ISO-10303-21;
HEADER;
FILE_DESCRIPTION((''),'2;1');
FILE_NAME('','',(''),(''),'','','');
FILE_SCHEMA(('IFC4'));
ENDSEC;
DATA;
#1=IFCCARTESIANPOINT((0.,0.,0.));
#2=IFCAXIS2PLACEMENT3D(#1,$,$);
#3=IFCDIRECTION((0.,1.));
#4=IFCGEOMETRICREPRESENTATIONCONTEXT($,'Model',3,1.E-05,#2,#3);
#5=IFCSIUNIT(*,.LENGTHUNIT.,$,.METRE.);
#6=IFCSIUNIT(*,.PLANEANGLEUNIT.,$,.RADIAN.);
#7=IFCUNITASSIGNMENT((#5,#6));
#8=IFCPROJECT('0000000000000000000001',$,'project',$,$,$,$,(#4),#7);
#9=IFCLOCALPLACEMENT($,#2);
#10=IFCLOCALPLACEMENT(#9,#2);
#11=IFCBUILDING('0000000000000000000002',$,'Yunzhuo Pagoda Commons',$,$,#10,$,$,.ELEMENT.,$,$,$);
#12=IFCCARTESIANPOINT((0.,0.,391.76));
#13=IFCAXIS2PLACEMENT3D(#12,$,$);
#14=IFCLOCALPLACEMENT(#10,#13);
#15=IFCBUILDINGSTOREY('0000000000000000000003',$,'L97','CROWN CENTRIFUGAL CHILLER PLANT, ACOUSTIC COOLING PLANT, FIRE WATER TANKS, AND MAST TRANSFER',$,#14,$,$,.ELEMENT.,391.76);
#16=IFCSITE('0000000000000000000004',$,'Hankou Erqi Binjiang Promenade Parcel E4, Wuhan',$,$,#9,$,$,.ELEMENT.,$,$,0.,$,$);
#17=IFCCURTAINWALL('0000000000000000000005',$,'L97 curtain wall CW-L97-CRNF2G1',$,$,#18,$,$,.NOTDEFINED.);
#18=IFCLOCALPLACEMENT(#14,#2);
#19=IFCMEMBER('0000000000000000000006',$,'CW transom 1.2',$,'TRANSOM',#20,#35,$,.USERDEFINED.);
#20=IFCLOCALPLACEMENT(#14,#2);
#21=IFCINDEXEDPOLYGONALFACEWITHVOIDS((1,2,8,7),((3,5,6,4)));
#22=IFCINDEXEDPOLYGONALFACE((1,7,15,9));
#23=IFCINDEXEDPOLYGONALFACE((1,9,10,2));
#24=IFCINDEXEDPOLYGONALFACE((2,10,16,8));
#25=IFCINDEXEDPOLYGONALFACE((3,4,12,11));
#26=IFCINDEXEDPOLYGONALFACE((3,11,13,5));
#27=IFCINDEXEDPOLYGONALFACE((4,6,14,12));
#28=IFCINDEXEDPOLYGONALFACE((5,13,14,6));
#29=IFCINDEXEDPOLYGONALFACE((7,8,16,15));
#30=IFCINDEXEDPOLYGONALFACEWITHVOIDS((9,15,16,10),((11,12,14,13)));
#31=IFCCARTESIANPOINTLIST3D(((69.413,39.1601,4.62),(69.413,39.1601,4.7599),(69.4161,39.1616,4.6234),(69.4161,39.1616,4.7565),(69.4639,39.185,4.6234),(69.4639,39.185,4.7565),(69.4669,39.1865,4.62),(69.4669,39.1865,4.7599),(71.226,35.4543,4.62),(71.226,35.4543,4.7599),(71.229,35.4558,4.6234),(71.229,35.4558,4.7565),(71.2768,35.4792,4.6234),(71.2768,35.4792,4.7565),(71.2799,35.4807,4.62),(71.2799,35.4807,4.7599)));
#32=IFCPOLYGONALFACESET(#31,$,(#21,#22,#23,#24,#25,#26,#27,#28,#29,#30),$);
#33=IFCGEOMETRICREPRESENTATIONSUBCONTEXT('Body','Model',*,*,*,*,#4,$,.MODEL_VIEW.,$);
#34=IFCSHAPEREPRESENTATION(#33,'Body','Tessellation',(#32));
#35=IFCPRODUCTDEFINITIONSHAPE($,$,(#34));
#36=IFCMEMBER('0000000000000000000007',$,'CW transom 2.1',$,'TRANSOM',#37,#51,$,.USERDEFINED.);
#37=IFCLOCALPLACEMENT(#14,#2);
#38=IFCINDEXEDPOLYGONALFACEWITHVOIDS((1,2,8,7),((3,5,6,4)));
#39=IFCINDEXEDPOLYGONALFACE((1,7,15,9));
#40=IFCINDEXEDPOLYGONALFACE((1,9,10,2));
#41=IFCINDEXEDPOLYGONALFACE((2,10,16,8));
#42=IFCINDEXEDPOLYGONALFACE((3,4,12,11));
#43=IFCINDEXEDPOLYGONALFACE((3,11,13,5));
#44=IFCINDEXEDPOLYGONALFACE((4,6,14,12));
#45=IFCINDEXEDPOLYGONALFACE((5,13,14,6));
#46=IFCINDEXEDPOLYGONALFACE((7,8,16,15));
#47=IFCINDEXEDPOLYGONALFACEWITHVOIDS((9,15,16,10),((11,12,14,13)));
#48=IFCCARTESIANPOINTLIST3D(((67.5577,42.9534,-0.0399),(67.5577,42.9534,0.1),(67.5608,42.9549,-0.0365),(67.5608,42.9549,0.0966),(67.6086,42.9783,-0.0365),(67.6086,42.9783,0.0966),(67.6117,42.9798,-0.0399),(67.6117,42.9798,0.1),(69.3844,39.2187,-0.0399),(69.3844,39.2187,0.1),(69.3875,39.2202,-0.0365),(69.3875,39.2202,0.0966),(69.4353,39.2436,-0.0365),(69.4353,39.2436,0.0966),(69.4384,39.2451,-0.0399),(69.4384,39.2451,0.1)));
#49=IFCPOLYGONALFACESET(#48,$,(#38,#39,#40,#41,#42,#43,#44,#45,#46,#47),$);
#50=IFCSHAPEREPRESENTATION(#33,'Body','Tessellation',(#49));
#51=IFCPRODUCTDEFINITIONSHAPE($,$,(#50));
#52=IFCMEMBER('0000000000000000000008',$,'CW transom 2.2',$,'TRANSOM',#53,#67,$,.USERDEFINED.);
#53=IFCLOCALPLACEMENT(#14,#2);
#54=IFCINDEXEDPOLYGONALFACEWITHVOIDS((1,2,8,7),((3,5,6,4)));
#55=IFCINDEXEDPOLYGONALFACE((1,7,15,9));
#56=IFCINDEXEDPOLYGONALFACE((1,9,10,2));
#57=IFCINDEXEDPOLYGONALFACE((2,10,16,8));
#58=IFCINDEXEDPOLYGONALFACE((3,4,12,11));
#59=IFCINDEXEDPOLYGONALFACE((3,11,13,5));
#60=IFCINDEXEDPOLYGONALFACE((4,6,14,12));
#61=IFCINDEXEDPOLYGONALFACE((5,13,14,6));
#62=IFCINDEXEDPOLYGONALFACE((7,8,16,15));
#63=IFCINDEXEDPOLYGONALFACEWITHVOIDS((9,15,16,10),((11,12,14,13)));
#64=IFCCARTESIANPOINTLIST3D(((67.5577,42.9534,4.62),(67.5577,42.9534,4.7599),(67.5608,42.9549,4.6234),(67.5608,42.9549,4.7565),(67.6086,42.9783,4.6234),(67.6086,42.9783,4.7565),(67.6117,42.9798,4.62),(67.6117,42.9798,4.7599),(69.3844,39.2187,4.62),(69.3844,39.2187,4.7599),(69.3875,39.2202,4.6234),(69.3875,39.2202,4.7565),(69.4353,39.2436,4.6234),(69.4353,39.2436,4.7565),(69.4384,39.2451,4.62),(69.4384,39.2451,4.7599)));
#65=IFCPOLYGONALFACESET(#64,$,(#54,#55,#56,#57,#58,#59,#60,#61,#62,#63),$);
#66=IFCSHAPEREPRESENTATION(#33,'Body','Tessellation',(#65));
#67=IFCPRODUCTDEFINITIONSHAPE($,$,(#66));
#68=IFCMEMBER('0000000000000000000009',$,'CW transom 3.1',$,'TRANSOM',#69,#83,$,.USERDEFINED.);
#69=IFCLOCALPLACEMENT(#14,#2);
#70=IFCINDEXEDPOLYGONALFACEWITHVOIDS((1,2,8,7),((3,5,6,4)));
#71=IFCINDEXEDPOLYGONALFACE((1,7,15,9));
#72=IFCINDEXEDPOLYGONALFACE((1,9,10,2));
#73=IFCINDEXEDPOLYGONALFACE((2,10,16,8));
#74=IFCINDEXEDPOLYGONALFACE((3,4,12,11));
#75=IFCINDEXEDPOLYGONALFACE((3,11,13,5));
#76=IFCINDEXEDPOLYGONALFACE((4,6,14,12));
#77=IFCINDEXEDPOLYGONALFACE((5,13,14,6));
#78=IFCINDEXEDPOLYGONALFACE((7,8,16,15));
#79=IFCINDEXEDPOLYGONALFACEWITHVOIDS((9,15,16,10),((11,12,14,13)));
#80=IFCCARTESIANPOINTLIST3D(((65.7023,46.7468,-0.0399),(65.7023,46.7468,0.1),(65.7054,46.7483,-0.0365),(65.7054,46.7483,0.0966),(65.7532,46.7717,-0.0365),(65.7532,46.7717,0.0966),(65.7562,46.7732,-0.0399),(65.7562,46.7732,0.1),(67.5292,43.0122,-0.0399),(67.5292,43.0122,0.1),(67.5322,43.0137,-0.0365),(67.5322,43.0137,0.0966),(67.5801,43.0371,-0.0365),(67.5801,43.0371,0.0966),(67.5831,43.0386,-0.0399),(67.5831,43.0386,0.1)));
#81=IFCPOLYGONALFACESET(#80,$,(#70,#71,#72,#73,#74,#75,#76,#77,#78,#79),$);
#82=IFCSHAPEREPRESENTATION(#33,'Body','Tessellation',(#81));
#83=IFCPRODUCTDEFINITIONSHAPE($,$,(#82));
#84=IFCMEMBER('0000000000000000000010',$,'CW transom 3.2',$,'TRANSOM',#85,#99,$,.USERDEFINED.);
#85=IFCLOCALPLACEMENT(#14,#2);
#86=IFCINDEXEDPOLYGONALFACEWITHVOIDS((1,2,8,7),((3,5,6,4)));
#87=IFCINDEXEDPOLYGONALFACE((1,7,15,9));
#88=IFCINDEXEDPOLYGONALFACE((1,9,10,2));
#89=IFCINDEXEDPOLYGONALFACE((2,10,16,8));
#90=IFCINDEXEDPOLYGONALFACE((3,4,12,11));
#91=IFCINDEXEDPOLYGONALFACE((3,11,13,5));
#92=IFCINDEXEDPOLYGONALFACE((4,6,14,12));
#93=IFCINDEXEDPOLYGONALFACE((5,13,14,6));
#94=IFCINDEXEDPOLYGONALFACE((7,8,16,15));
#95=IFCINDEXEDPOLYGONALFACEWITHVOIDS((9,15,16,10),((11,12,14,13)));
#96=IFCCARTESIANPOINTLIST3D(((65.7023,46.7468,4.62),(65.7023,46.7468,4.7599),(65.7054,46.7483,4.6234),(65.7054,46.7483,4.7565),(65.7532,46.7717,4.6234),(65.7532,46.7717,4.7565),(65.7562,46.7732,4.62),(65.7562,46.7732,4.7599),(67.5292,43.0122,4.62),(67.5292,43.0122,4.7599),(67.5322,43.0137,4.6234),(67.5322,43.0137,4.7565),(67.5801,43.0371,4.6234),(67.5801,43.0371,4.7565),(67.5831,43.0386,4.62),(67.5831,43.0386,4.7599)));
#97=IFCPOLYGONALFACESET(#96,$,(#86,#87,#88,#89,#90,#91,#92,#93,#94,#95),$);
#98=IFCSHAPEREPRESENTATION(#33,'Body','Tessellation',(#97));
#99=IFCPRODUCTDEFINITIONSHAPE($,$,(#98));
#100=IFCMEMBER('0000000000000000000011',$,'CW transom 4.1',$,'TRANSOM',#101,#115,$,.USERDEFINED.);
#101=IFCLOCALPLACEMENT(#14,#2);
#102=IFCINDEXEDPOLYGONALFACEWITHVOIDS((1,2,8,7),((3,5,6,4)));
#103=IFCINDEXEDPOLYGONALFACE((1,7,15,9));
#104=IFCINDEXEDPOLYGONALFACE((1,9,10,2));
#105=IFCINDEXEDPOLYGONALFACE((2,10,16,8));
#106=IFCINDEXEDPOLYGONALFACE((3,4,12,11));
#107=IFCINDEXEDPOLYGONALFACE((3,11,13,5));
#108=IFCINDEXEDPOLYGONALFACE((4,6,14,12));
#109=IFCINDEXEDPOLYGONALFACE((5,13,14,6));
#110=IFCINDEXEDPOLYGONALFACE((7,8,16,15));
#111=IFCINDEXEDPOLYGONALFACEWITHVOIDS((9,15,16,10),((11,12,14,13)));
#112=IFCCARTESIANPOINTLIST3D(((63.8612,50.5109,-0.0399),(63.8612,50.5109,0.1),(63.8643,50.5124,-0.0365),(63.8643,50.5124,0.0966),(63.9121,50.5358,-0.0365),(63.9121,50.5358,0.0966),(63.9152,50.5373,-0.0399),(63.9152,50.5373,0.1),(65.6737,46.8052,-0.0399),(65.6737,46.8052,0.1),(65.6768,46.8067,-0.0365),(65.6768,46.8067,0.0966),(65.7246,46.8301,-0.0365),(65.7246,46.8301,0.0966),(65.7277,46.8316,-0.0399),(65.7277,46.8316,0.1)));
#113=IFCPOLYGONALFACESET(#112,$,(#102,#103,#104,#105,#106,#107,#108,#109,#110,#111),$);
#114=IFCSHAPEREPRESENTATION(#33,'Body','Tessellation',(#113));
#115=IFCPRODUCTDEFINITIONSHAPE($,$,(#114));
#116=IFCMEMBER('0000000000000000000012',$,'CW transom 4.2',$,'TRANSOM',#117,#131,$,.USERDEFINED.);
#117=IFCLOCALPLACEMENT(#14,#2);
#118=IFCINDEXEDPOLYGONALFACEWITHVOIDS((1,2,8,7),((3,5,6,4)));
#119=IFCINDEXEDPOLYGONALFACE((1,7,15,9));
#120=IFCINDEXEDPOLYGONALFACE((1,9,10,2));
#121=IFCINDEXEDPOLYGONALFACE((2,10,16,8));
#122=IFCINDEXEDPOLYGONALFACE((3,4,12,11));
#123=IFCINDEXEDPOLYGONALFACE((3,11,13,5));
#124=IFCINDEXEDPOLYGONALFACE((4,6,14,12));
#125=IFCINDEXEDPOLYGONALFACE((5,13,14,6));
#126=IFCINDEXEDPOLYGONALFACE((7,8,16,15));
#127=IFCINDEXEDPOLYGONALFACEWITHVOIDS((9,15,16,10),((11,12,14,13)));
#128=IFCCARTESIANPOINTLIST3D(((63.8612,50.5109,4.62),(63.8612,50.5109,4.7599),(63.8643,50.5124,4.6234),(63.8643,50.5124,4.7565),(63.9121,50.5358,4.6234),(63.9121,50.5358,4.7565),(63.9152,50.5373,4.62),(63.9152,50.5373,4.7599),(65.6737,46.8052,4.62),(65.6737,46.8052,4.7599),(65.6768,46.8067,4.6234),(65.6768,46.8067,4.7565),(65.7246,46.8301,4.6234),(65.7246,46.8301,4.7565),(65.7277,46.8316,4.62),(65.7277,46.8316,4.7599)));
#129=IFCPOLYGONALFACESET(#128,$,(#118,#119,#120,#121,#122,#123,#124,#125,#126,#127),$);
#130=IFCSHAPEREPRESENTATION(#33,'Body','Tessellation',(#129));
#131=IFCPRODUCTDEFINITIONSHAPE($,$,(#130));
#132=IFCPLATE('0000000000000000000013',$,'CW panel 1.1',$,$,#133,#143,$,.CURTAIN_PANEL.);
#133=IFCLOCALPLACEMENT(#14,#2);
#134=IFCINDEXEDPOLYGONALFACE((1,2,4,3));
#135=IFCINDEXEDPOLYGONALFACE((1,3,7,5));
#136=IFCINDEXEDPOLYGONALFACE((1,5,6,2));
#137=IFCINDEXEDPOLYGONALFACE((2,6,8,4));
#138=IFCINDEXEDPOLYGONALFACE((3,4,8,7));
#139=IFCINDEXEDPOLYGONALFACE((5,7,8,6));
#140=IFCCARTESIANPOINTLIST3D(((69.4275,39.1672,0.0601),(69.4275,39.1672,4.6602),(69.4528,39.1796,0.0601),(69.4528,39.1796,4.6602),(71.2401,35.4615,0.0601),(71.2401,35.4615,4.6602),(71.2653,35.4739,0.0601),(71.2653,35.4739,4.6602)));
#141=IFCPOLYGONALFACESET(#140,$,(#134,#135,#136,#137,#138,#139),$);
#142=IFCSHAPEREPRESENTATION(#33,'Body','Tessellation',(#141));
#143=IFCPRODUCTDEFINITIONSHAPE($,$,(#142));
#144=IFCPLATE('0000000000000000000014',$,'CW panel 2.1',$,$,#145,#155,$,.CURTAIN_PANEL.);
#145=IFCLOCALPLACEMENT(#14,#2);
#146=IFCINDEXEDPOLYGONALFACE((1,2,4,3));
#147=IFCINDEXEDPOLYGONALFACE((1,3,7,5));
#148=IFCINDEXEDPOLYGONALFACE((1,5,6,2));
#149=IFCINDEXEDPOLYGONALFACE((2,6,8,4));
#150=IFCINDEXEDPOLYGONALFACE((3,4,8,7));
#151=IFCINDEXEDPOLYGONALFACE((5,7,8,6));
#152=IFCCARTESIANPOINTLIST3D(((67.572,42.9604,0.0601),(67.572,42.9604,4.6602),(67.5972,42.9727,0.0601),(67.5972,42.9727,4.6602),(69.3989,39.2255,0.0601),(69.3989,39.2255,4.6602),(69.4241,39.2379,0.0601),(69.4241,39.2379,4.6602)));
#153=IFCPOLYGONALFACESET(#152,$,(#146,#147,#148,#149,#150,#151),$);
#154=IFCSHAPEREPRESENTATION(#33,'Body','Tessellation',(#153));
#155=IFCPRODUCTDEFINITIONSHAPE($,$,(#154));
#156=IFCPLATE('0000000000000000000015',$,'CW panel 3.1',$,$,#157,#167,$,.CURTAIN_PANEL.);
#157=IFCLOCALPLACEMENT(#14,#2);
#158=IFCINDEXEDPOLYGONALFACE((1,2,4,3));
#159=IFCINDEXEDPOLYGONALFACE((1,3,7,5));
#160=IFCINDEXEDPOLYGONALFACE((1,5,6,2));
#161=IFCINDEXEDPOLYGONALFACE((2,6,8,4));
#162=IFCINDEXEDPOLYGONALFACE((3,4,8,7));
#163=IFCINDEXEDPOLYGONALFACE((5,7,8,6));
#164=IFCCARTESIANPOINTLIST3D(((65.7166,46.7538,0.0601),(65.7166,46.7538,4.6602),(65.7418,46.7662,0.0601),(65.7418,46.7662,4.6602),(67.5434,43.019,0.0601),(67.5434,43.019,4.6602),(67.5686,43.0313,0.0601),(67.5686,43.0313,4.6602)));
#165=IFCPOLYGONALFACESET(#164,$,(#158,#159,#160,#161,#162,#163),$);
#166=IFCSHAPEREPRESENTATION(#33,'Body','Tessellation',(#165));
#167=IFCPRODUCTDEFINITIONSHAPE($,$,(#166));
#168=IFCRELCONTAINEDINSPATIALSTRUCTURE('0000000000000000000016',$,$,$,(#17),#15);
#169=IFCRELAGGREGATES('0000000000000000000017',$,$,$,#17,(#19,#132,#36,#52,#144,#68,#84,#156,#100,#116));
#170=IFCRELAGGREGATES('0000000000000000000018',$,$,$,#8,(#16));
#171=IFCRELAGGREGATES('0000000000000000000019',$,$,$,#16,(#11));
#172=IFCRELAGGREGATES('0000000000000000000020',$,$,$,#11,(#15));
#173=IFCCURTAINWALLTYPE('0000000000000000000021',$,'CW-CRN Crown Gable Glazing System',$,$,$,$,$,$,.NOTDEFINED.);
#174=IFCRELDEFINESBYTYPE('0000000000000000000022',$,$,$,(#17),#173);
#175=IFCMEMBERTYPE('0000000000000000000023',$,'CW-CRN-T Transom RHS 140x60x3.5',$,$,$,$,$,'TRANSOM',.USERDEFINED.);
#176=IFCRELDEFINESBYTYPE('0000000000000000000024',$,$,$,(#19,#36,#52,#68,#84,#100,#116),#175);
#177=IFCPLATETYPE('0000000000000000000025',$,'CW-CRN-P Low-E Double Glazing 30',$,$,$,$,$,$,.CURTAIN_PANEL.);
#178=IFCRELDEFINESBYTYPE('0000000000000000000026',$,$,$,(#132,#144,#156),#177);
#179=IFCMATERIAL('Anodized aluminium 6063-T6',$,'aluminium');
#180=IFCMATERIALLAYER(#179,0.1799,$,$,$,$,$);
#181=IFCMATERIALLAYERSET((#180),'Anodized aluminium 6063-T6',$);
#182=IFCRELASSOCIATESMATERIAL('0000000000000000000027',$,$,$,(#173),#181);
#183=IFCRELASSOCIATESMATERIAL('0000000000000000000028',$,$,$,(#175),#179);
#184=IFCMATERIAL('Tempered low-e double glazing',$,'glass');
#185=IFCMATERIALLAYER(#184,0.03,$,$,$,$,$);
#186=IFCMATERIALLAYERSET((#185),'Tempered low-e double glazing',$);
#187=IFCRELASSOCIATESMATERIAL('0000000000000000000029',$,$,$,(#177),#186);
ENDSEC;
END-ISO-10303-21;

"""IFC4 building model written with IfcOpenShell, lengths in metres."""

from ifc_helpers import new_model, si_unit, direction, frame, origin, origin_2d, place, context, subcontext, project, spatial, rectangle, hollow_rectangle, extrude, source, transform, mapped, material, layer, layer_set, material_profile, profile_set, type_object, element, aggregate, save


model = new_model("IFC4")

# Units and contexts
model_context = context("Model", 3, precision=1e-05, world=origin(), true_north=direction((0.0, 1.0)))
body_context = subcontext(model_context, "Body", "Model", "MODEL_VIEW")
ifc_project = project(units=[si_unit("LENGTHUNIT", "METRE"), si_unit("PLANEANGLEUNIT", "RADIAN")], contexts=[model_context])

# Site, building, storey
site_placement = place(None, origin())
site = spatial("IfcSite", under=ifc_project, at=site_placement, Name="Hankou Erqi Binjiang Promenade Parcel E4, Wuhan", CompositionType="ELEMENT", RefElevation=0.0)
building_placement = place(site_placement, origin())
building = spatial("IfcBuilding", under=site, at=building_placement, Name="Yunzhuo Pagoda Commons", CompositionType="ELEMENT")
storey_placement = place(building_placement, frame((0.0, 0.0, 391.76)))
storey = spatial("IfcBuildingStorey", under=building, at=storey_placement, Name="L97", Description="CROWN CENTRIFUGAL CHILLER PLANT, ACOUSTIC COOLING PLANT, FIRE WATER TANKS, AND MAST TRANSFER", CompositionType="ELEMENT", Elevation=391.76)

# Curtain wall, members, plates
ifc_material_1 = material(Name="Anodized aluminium 6063-T6", Category="aluminium")
ifc_layer_1 = layer(ifc_material_1, 0.1799)
ifc_layer_set_1 = layer_set([ifc_layer_1], Name="Anodized aluminium 6063-T6")
curtain_wall_type = type_object("IfcCurtainWallType", Name="CW-CRN Crown Gable Glazing System", PredefinedType="NOTDEFINED", material=ifc_layer_set_1)
curtain_wall_placement = place(storey_placement, origin())
curtain_wall = element("IfcCurtainWall", 1, at=curtain_wall_placement, inside=storey, type_object=curtain_wall_type, Name="L97 curtain wall CW-L97-CRNF2G1", PredefinedType="NOTDEFINED")
ifc_material_profile_1 = material_profile(ifc_material_1, hollow_rectangle(XDim=0.0601, YDim=0.1399, WallThickness=0.0034, at=origin_2d()), Name="Anodized aluminium 6063-T6")
ifc_profile_set_1 = profile_set([ifc_material_profile_1], Name="Anodized aluminium 6063-T6")
member_type_1 = type_object("IfcMemberType", Name="CW-CRN-T Transom RHS 140x60x3.5", ElementType="TRANSOM", PredefinedType="USERDEFINED", material=ifc_profile_set_1)
shared_shape_1 = source(origin(), body_context, "Body", "SweptSolid", [
    extrude(hollow_rectangle(XDim=0.0601, YDim=0.1399, WallThickness=0.0034, at=origin_2d()), origin(), (0.0, 0.0, 1.0), 4.1255),
])
member_1_placement = place(storey_placement, frame((71.2529, 35.4675, 4.6899), z_axis=(-0.439456, 0.898264, 0.0), x_axis=(-0.898264, -0.439456, 0.0)))
member_1 = element("IfcMember", 2, at=member_1_placement, type_object=member_type_1, Name="CW transom 1.2", ObjectType="TRANSOM", PredefinedType="USERDEFINED", context=body_context, shape_type="MappedRepresentation", body=[
    mapped(shared_shape_1, transform((0.0, 0.0, 0.0), scale=1.0)),
])
shared_shape_2 = source(origin(), body_context, "Body", "SweptSolid", [
    extrude(hollow_rectangle(XDim=0.0601, YDim=0.1399, WallThickness=0.0034, at=origin_2d()), origin(), (0.0, 0.0, 1.0), 4.1575),
])
member_2_placement = place(storey_placement, frame((69.4114, 39.2319, 0.03), z_axis=(-0.439374, 0.898304, 0.0), x_axis=(-0.898304, -0.439374, 0.0)))
member_2 = element("IfcMember", 3, at=member_2_placement, type_object=member_type_1, Name="CW transom 2.1", ObjectType="TRANSOM", PredefinedType="USERDEFINED", context=body_context, shape_type="MappedRepresentation", body=[
    mapped(shared_shape_2, transform((0.0, 0.0, 0.0), scale=1.0)),
])
member_3_placement = place(storey_placement, frame((69.4114, 39.2319, 4.6899), z_axis=(-0.439374, 0.898304, 0.0), x_axis=(-0.898304, -0.439374, 0.0)))
member_3 = element("IfcMember", 4, at=member_3_placement, type_object=member_type_1, Name="CW transom 2.2", ObjectType="TRANSOM", PredefinedType="USERDEFINED", context=body_context, shape_type="MappedRepresentation", body=[
    mapped(shared_shape_2, transform((0.0, 0.0, 0.0), scale=1.0)),
])
member_4_placement = place(storey_placement, frame((67.5562, 43.0254, 0.03), z_axis=(-0.439422, 0.898281, 0.0), x_axis=(-0.898281, -0.439422, 0.0)))
member_4 = element("IfcMember", 5, at=member_4_placement, type_object=member_type_1, Name="CW transom 3.1", ObjectType="TRANSOM", PredefinedType="USERDEFINED", context=body_context, shape_type="MappedRepresentation", body=[
    mapped(shared_shape_2, transform((0.0, 0.0, 0.0), scale=1.0)),
])
member_5_placement = place(storey_placement, frame((67.5562, 43.0254, 4.6899), z_axis=(-0.439422, 0.898281, 0.0), x_axis=(-0.898281, -0.439422, 0.0)))
member_5 = element("IfcMember", 6, at=member_5_placement, type_object=member_type_1, Name="CW transom 3.2", ObjectType="TRANSOM", PredefinedType="USERDEFINED", context=body_context, shape_type="MappedRepresentation", body=[
    mapped(shared_shape_2, transform((0.0, 0.0, 0.0), scale=1.0)),
])
shared_shape_3 = source(origin(), body_context, "Body", "SweptSolid", [
    extrude(hollow_rectangle(XDim=0.0601, YDim=0.1399, WallThickness=0.0034, at=origin_2d()), origin(), (0.0, 0.0, 1.0), 4.1252),
])
member_6_placement = place(storey_placement, frame((65.7007, 46.8184, 0.03), z_axis=(-0.439361, 0.898311, 0.0), x_axis=(-0.898311, -0.439361, 0.0)))
member_6 = element("IfcMember", 7, at=member_6_placement, type_object=member_type_1, Name="CW transom 4.1", ObjectType="TRANSOM", PredefinedType="USERDEFINED", context=body_context, shape_type="MappedRepresentation", body=[
    mapped(shared_shape_3, transform((0.0, 0.0, 0.0), scale=1.0)),
])
member_7_placement = place(storey_placement, frame((65.7007, 46.8184, 4.6899), z_axis=(-0.439361, 0.898311, 0.0), x_axis=(-0.898311, -0.439361, 0.0)))
member_7 = element("IfcMember", 8, at=member_7_placement, type_object=member_type_1, Name="CW transom 4.2", ObjectType="TRANSOM", PredefinedType="USERDEFINED", context=body_context, shape_type="MappedRepresentation", body=[
    mapped(shared_shape_3, transform((0.0, 0.0, 0.0), scale=1.0)),
])
ifc_material_2 = material(Name="Tempered low-e double glazing", Category="glass")
ifc_layer_2 = layer(ifc_material_2, 0.03)
ifc_layer_set_2 = layer_set([ifc_layer_2], Name="Tempered low-e double glazing")
plate_type = type_object("IfcPlateType", Name="CW-CRN-P Low-E Double Glazing 30", PredefinedType="CURTAIN_PANEL", material=ifc_layer_set_2)
shared_shape_4 = source(origin(), body_context, "Body", "SweptSolid", [
    extrude(rectangle(XDim=4.1252, YDim=0.0281, at=origin_2d()), origin(), (0.0, 0.0, 1.0), 4.6001),
])
plate_1_placement = place(storey_placement, frame((70.3464, 37.3206, 0.0601), z_axis=(0.0, 0.0, 1.0), x_axis=(-0.439384, 0.898299, 0.0)))
plate_1 = element("IfcPlate", 9, at=plate_1_placement, type_object=plate_type, Name="CW panel 1.1", PredefinedType="CURTAIN_PANEL", context=body_context, shape_type="MappedRepresentation", body=[
    mapped(shared_shape_4, transform((0.0, 0.0, 0.0), scale=1.0)),
])
shared_shape_5 = source(origin(), body_context, "Body", "SweptSolid", [
    extrude(rectangle(XDim=4.1577, YDim=0.0281, at=origin_2d()), origin(), (0.0, 0.0, 1.0), 4.6001),
])
plate_2_placement = place(storey_placement, frame((68.498, 41.0991, 0.0601), z_axis=(0.0, 0.0, 1.0), x_axis=(-0.439384, 0.898299, 0.0)))
plate_2 = element("IfcPlate", 10, at=plate_2_placement, type_object=plate_type, Name="CW panel 2.1", PredefinedType="CURTAIN_PANEL", context=body_context, shape_type="MappedRepresentation", body=[
    mapped(shared_shape_5, transform((0.0, 0.0, 0.0), scale=1.0)),
])
plate_3_placement = place(storey_placement, frame((66.6426, 44.8926, 0.0601), z_axis=(0.0, 0.0, 1.0), x_axis=(-0.439384, 0.898299, 0.0)))
plate_3 = element("IfcPlate", 11, at=plate_3_placement, type_object=plate_type, Name="CW panel 3.1", PredefinedType="CURTAIN_PANEL", context=body_context, shape_type="MappedRepresentation", body=[
    mapped(shared_shape_5, transform((0.0, 0.0, 0.0), scale=1.0)),
])
aggregate(curtain_wall, [member_1, plate_1, member_2, member_3, plate_2, member_4, member_5, plate_3, member_6, member_7])

save(model, "model.ifc")
